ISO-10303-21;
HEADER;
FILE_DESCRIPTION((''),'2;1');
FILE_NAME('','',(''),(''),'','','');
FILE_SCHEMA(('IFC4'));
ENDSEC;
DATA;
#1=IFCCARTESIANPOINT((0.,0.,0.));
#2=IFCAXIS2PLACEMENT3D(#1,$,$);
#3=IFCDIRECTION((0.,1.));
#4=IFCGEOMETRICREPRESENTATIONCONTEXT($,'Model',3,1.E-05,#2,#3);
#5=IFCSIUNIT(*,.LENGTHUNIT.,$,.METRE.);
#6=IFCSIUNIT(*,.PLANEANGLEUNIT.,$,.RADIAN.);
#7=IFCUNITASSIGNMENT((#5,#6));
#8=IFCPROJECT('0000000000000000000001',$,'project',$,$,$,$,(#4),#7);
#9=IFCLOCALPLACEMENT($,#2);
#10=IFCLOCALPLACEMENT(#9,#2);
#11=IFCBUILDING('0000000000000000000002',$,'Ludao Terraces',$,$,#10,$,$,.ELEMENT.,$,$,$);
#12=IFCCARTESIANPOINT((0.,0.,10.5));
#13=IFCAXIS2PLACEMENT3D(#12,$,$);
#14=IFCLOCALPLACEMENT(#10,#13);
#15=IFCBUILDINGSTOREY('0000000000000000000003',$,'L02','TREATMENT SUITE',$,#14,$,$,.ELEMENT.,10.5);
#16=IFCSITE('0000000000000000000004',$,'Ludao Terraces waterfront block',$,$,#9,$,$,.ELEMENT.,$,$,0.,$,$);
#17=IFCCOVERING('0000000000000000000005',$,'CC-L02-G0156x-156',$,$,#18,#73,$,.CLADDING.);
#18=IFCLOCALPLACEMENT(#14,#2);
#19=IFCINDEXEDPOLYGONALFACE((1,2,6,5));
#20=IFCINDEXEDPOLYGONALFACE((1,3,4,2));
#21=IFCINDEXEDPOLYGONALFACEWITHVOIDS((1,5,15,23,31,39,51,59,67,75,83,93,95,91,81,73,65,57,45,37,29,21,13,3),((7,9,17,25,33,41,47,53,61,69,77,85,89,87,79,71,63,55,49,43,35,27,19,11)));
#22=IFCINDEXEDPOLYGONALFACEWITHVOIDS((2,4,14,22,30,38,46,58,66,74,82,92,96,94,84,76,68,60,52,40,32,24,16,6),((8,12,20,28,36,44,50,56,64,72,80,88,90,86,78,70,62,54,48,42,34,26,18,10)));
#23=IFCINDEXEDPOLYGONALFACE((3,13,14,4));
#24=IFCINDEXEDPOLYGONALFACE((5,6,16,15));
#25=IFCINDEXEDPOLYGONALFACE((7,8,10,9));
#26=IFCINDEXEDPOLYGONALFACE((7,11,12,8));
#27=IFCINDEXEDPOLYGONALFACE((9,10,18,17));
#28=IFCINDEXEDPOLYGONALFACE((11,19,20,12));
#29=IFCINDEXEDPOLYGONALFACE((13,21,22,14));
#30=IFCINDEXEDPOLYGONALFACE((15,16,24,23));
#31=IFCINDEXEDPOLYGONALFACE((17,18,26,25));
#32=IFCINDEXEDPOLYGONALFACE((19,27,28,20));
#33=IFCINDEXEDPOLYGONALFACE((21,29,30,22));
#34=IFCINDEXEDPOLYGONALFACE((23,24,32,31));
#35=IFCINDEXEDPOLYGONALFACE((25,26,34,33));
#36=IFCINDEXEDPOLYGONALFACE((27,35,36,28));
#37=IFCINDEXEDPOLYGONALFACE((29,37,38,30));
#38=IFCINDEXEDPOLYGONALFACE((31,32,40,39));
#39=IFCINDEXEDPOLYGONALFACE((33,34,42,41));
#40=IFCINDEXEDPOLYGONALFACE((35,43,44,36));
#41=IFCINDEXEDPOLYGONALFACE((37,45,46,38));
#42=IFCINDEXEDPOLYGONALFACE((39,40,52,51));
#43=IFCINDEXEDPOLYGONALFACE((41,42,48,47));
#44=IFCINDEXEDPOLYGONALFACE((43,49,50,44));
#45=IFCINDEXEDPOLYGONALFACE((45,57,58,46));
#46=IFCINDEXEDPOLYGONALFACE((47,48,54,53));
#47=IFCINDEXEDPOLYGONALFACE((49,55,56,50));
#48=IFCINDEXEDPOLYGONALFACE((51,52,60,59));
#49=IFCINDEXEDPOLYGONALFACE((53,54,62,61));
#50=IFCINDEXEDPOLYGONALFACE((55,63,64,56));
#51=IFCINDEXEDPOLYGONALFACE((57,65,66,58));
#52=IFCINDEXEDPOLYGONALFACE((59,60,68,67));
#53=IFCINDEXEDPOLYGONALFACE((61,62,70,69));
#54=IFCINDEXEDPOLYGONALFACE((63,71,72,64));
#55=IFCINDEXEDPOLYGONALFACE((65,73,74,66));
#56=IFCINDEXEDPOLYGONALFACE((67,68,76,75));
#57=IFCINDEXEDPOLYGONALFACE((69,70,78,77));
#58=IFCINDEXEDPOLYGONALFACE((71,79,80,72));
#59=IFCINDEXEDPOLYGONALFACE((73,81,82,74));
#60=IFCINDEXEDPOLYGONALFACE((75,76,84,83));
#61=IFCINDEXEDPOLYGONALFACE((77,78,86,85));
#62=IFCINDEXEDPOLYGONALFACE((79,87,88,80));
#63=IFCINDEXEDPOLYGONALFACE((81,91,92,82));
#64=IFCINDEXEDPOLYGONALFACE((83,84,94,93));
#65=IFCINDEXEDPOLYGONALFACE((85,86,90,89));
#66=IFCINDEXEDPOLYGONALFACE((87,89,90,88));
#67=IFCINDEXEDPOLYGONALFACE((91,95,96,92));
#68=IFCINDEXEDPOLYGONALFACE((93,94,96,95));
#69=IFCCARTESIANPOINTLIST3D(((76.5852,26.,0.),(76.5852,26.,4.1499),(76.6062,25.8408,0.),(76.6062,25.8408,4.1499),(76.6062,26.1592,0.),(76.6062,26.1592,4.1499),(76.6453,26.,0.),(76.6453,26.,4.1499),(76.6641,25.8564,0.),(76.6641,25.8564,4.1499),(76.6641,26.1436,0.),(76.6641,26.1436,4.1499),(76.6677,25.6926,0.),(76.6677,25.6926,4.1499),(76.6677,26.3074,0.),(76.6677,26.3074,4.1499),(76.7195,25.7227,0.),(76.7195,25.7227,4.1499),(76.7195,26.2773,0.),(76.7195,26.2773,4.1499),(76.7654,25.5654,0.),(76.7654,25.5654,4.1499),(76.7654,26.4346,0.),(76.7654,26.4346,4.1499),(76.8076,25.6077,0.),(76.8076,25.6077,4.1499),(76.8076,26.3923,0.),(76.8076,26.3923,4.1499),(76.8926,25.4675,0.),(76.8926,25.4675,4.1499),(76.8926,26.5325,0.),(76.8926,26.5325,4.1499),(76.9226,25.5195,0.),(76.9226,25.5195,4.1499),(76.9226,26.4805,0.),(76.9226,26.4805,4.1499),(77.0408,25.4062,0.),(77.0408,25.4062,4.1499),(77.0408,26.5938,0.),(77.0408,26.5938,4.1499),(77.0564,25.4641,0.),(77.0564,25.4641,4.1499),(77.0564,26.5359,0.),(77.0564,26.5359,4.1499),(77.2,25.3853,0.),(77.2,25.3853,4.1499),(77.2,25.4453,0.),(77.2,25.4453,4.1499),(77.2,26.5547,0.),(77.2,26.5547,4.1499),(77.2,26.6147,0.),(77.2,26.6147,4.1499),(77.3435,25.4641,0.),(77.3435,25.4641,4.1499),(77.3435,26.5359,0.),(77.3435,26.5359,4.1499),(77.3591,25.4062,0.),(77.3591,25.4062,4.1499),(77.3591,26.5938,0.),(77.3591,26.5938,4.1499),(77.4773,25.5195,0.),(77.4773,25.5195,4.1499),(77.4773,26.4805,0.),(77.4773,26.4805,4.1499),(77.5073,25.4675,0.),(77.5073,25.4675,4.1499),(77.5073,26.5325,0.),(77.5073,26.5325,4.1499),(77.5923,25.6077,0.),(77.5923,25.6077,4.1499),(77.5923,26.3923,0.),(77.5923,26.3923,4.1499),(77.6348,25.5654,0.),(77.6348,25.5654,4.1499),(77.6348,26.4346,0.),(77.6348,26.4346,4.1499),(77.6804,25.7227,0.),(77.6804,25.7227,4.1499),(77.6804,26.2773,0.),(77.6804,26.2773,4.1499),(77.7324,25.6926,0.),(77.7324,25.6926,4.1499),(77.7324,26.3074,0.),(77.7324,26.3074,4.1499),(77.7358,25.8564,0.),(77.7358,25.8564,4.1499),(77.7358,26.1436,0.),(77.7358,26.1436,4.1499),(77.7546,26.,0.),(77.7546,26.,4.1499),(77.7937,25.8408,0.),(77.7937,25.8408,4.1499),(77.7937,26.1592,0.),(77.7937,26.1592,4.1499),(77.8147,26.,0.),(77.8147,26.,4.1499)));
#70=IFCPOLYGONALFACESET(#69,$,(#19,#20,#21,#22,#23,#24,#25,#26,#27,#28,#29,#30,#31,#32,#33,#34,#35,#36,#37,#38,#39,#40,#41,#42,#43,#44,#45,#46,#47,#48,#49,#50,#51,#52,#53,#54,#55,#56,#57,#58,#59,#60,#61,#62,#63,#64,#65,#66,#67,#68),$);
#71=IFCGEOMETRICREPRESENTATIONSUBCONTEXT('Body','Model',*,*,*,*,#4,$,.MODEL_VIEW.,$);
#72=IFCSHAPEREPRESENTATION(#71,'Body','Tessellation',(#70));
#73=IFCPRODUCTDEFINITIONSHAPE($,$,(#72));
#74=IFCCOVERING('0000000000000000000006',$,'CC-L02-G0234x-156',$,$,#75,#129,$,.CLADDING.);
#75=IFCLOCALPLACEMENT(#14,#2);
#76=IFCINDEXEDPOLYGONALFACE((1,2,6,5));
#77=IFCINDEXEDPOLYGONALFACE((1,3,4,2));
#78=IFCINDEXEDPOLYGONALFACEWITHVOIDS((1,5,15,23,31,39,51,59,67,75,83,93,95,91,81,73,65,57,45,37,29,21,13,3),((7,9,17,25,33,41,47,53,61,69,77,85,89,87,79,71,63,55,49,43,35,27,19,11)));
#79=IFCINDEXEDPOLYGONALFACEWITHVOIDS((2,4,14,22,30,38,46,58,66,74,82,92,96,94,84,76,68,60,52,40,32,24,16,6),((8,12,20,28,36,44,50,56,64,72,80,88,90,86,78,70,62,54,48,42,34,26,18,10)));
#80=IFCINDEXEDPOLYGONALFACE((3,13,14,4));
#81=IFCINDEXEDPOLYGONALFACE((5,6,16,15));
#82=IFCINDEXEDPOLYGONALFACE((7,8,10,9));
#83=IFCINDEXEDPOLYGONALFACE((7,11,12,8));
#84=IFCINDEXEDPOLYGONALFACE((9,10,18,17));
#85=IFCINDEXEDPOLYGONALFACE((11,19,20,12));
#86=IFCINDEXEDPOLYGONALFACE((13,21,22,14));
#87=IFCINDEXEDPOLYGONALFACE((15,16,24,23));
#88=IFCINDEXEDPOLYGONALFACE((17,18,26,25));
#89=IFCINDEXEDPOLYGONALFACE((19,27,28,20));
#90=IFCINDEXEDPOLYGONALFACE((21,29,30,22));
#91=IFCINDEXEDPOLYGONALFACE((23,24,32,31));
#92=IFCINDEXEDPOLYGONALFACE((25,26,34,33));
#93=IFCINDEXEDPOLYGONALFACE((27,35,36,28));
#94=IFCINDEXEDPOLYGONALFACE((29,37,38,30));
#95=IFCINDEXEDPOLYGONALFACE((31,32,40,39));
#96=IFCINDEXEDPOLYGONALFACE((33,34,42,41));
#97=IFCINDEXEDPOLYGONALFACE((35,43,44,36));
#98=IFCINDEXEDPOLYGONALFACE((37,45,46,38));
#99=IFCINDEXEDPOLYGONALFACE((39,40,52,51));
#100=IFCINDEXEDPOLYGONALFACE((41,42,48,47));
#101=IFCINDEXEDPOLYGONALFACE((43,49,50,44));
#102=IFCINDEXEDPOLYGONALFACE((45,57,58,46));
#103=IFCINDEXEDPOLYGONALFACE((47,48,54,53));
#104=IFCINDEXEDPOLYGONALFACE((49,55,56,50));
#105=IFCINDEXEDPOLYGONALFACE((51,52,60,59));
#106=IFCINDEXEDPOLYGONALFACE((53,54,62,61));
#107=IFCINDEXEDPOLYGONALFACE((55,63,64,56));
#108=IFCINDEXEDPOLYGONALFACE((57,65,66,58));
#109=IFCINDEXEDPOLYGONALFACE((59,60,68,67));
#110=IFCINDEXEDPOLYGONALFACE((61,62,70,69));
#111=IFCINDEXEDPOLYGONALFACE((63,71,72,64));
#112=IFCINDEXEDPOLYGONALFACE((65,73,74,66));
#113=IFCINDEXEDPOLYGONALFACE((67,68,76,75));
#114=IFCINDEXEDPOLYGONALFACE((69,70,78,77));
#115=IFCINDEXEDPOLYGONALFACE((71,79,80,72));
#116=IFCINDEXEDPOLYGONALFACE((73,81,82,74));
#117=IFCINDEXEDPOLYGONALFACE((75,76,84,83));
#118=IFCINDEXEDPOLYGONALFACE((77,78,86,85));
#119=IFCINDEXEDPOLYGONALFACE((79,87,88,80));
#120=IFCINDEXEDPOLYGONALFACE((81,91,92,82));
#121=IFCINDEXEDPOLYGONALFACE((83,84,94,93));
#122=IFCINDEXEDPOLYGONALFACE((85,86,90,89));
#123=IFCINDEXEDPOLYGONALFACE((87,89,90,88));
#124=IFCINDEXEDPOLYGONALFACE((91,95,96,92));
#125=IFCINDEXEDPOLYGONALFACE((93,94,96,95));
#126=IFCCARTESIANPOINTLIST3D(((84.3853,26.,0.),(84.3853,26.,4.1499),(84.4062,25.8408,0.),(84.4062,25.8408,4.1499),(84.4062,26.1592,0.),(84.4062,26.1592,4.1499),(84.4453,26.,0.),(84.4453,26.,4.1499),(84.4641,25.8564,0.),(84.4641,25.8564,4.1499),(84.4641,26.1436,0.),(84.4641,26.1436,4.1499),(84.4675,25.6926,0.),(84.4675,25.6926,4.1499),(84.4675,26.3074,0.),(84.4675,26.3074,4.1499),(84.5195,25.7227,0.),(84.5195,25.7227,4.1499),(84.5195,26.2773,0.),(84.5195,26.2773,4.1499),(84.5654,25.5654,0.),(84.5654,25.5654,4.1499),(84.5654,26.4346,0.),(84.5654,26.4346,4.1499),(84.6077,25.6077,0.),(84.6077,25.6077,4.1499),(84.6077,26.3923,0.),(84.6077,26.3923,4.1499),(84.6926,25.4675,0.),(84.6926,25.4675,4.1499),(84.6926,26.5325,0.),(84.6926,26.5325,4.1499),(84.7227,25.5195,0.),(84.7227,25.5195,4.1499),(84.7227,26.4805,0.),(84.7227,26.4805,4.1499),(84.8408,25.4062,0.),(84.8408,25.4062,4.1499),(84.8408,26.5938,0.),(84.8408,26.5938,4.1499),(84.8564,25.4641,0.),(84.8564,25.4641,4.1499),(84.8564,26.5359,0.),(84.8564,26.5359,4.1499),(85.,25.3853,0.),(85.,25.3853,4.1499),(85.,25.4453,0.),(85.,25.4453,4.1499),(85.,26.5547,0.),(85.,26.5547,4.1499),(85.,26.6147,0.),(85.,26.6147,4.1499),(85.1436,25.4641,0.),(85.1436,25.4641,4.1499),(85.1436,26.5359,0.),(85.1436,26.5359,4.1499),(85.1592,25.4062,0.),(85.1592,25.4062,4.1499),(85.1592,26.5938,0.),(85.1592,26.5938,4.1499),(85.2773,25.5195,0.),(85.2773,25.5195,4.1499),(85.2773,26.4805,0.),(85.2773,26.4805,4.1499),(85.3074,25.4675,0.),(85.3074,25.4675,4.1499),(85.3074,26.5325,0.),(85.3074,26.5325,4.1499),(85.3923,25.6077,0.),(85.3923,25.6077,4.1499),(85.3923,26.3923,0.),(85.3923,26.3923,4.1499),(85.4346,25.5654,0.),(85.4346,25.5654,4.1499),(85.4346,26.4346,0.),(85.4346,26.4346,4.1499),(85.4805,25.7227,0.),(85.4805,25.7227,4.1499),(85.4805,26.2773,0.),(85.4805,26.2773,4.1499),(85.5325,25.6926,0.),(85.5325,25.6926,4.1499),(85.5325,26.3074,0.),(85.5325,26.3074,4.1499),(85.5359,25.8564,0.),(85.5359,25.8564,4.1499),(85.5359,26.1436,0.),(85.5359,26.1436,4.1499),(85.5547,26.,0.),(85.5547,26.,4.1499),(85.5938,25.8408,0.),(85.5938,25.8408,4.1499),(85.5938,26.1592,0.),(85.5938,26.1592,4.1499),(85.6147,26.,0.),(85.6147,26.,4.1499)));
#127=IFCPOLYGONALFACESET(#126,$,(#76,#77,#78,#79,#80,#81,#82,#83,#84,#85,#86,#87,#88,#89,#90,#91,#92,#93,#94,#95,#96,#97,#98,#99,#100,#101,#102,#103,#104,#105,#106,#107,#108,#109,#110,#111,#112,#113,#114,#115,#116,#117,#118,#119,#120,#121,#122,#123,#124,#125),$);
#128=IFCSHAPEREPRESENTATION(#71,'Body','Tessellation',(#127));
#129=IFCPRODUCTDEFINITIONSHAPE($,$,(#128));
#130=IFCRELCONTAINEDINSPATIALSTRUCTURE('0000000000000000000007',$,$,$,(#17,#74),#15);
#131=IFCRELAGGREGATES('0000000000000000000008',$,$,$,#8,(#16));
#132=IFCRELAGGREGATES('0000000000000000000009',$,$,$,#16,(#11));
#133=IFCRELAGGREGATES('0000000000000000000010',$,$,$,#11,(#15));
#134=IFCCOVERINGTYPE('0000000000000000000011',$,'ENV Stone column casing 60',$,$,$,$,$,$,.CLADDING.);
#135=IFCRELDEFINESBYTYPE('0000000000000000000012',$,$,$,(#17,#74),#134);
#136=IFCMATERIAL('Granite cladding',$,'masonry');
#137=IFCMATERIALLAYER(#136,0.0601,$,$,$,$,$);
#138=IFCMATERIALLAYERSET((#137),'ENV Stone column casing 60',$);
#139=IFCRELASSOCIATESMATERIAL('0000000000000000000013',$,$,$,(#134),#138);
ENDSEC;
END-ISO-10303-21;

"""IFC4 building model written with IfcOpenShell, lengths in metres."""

from ifc_helpers import new_model, si_unit, direction, frame, origin, place, context, subcontext, project, spatial, polyline, outline, extrude, material, layer, layer_set, type_object, element, save


model = new_model("IFC4")

# Units and contexts
model_context = context("Model", 3, precision=1e-05, world=origin(), true_north=direction((0.0, 1.0)))
body_context = subcontext(model_context, "Body", "Model", "MODEL_VIEW")
ifc_project = project(units=[si_unit("LENGTHUNIT", "METRE"), si_unit("PLANEANGLEUNIT", "RADIAN")], contexts=[model_context])

# Site, building, storey
site_placement = place(None, origin())
site = spatial("IfcSite", under=ifc_project, at=site_placement, Name="Ludao Terraces waterfront block", CompositionType="ELEMENT", RefElevation=0.0)
building_placement = place(site_placement, origin())
building = spatial("IfcBuilding", under=site, at=building_placement, Name="Ludao Terraces", CompositionType="ELEMENT")
storey_placement = place(building_placement, frame((0.0, 0.0, 10.5)))
storey = spatial("IfcBuildingStorey", under=building, at=storey_placement, Name="L02", Description="TREATMENT SUITE", CompositionType="ELEMENT", Elevation=10.5)

# Coverings
ifc_material_1 = material(Name="Granite cladding", Category="masonry")
ifc_layer_1 = layer(ifc_material_1, 0.0601)
ifc_layer_set_1 = layer_set([ifc_layer_1], Name="ENV Stone column casing 60")
covering_type = type_object("IfcCoveringType", Name="ENV Stone column casing 60", PredefinedType="CLADDING", material=ifc_layer_set_1)
covering_1_placement = place(storey_placement, origin())
element("IfcCovering", 1, at=covering_1_placement, inside=storey, type_object=covering_type, Name="CC-L02-G0156x-156", PredefinedType="CLADDING", context=body_context, shape_type="SweptSolid", body=[
    extrude(outline(polyline([(77.8147, 26.0), (77.7937, 26.1592), (77.7324, 26.3074), (77.6348, 26.4346), (77.5073, 26.5325), (77.3591, 26.5938), (77.2, 26.6147), (77.0408, 26.5938), (76.8926, 26.5325), (76.7654, 26.4346), (76.6677, 26.3074), (76.6062, 26.1592), (76.5852, 26.0), (76.6062, 25.8408), (76.6677, 25.6926), (76.7654, 25.5654), (76.8926, 25.4675), (77.0408, 25.4062), (77.2, 25.3853), (77.3591, 25.4062), (77.5073, 25.4675), (77.6348, 25.5654), (77.7324, 25.6926), (77.7937, 25.8408), (77.8147, 26.0)]), holes=[polyline([(77.7358, 25.8564), (77.6804, 25.7227), (77.5923, 25.6077), (77.4773, 25.5195), (77.3435, 25.4641), (77.2, 25.4453), (77.0564, 25.4641), (76.9226, 25.5195), (76.8076, 25.6077), (76.7195, 25.7227), (76.6641, 25.8564), (76.6453, 26.0), (76.6641, 26.1436), (76.7195, 26.2773), (76.8076, 26.3923), (76.9226, 26.4805), (77.0564, 26.5359), (77.2, 26.5547), (77.3435, 26.5359), (77.4773, 26.4805), (77.5923, 26.3923), (77.6804, 26.2773), (77.7358, 26.1436), (77.7546, 26.0), (77.7358, 25.8564)])]), origin(), (0.0, 0.0, 1.0), 4.1499),
])
covering_2_placement = place(storey_placement, origin())
element("IfcCovering", 2, at=covering_2_placement, inside=storey, type_object=covering_type, Name="CC-L02-G0234x-156", PredefinedType="CLADDING", context=body_context, shape_type="SweptSolid", body=[
    extrude(outline(polyline([(85.6147, 26.0), (85.5938, 26.1592), (85.5325, 26.3074), (85.4346, 26.4346), (85.3074, 26.5325), (85.1592, 26.5938), (85.0, 26.6147), (84.8408, 26.5938), (84.6926, 26.5325), (84.5654, 26.4346), (84.4675, 26.3074), (84.4062, 26.1592), (84.3853, 26.0), (84.4062, 25.8408), (84.4675, 25.6926), (84.5654, 25.5654), (84.6926, 25.4675), (84.8408, 25.4062), (85.0, 25.3853), (85.1592, 25.4062), (85.3074, 25.4675), (85.4346, 25.5654), (85.5325, 25.6926), (85.5938, 25.8408), (85.6147, 26.0)]), holes=[polyline([(85.5359, 25.8564), (85.4805, 25.7227), (85.3923, 25.6077), (85.2773, 25.5195), (85.1436, 25.4641), (85.0, 25.4453), (84.8564, 25.4641), (84.7227, 25.5195), (84.6077, 25.6077), (84.5195, 25.7227), (84.4641, 25.8564), (84.4453, 26.0), (84.4641, 26.1436), (84.5195, 26.2773), (84.6077, 26.3923), (84.7227, 26.4805), (84.8564, 26.5359), (85.0, 26.5547), (85.1436, 26.5359), (85.2773, 26.4805), (85.3923, 26.3923), (85.4805, 26.2773), (85.5359, 26.1436), (85.5547, 26.0), (85.5359, 25.8564)])]), origin(), (0.0, 0.0, 1.0), 4.1499),
])

save(model, "model.ifc")
